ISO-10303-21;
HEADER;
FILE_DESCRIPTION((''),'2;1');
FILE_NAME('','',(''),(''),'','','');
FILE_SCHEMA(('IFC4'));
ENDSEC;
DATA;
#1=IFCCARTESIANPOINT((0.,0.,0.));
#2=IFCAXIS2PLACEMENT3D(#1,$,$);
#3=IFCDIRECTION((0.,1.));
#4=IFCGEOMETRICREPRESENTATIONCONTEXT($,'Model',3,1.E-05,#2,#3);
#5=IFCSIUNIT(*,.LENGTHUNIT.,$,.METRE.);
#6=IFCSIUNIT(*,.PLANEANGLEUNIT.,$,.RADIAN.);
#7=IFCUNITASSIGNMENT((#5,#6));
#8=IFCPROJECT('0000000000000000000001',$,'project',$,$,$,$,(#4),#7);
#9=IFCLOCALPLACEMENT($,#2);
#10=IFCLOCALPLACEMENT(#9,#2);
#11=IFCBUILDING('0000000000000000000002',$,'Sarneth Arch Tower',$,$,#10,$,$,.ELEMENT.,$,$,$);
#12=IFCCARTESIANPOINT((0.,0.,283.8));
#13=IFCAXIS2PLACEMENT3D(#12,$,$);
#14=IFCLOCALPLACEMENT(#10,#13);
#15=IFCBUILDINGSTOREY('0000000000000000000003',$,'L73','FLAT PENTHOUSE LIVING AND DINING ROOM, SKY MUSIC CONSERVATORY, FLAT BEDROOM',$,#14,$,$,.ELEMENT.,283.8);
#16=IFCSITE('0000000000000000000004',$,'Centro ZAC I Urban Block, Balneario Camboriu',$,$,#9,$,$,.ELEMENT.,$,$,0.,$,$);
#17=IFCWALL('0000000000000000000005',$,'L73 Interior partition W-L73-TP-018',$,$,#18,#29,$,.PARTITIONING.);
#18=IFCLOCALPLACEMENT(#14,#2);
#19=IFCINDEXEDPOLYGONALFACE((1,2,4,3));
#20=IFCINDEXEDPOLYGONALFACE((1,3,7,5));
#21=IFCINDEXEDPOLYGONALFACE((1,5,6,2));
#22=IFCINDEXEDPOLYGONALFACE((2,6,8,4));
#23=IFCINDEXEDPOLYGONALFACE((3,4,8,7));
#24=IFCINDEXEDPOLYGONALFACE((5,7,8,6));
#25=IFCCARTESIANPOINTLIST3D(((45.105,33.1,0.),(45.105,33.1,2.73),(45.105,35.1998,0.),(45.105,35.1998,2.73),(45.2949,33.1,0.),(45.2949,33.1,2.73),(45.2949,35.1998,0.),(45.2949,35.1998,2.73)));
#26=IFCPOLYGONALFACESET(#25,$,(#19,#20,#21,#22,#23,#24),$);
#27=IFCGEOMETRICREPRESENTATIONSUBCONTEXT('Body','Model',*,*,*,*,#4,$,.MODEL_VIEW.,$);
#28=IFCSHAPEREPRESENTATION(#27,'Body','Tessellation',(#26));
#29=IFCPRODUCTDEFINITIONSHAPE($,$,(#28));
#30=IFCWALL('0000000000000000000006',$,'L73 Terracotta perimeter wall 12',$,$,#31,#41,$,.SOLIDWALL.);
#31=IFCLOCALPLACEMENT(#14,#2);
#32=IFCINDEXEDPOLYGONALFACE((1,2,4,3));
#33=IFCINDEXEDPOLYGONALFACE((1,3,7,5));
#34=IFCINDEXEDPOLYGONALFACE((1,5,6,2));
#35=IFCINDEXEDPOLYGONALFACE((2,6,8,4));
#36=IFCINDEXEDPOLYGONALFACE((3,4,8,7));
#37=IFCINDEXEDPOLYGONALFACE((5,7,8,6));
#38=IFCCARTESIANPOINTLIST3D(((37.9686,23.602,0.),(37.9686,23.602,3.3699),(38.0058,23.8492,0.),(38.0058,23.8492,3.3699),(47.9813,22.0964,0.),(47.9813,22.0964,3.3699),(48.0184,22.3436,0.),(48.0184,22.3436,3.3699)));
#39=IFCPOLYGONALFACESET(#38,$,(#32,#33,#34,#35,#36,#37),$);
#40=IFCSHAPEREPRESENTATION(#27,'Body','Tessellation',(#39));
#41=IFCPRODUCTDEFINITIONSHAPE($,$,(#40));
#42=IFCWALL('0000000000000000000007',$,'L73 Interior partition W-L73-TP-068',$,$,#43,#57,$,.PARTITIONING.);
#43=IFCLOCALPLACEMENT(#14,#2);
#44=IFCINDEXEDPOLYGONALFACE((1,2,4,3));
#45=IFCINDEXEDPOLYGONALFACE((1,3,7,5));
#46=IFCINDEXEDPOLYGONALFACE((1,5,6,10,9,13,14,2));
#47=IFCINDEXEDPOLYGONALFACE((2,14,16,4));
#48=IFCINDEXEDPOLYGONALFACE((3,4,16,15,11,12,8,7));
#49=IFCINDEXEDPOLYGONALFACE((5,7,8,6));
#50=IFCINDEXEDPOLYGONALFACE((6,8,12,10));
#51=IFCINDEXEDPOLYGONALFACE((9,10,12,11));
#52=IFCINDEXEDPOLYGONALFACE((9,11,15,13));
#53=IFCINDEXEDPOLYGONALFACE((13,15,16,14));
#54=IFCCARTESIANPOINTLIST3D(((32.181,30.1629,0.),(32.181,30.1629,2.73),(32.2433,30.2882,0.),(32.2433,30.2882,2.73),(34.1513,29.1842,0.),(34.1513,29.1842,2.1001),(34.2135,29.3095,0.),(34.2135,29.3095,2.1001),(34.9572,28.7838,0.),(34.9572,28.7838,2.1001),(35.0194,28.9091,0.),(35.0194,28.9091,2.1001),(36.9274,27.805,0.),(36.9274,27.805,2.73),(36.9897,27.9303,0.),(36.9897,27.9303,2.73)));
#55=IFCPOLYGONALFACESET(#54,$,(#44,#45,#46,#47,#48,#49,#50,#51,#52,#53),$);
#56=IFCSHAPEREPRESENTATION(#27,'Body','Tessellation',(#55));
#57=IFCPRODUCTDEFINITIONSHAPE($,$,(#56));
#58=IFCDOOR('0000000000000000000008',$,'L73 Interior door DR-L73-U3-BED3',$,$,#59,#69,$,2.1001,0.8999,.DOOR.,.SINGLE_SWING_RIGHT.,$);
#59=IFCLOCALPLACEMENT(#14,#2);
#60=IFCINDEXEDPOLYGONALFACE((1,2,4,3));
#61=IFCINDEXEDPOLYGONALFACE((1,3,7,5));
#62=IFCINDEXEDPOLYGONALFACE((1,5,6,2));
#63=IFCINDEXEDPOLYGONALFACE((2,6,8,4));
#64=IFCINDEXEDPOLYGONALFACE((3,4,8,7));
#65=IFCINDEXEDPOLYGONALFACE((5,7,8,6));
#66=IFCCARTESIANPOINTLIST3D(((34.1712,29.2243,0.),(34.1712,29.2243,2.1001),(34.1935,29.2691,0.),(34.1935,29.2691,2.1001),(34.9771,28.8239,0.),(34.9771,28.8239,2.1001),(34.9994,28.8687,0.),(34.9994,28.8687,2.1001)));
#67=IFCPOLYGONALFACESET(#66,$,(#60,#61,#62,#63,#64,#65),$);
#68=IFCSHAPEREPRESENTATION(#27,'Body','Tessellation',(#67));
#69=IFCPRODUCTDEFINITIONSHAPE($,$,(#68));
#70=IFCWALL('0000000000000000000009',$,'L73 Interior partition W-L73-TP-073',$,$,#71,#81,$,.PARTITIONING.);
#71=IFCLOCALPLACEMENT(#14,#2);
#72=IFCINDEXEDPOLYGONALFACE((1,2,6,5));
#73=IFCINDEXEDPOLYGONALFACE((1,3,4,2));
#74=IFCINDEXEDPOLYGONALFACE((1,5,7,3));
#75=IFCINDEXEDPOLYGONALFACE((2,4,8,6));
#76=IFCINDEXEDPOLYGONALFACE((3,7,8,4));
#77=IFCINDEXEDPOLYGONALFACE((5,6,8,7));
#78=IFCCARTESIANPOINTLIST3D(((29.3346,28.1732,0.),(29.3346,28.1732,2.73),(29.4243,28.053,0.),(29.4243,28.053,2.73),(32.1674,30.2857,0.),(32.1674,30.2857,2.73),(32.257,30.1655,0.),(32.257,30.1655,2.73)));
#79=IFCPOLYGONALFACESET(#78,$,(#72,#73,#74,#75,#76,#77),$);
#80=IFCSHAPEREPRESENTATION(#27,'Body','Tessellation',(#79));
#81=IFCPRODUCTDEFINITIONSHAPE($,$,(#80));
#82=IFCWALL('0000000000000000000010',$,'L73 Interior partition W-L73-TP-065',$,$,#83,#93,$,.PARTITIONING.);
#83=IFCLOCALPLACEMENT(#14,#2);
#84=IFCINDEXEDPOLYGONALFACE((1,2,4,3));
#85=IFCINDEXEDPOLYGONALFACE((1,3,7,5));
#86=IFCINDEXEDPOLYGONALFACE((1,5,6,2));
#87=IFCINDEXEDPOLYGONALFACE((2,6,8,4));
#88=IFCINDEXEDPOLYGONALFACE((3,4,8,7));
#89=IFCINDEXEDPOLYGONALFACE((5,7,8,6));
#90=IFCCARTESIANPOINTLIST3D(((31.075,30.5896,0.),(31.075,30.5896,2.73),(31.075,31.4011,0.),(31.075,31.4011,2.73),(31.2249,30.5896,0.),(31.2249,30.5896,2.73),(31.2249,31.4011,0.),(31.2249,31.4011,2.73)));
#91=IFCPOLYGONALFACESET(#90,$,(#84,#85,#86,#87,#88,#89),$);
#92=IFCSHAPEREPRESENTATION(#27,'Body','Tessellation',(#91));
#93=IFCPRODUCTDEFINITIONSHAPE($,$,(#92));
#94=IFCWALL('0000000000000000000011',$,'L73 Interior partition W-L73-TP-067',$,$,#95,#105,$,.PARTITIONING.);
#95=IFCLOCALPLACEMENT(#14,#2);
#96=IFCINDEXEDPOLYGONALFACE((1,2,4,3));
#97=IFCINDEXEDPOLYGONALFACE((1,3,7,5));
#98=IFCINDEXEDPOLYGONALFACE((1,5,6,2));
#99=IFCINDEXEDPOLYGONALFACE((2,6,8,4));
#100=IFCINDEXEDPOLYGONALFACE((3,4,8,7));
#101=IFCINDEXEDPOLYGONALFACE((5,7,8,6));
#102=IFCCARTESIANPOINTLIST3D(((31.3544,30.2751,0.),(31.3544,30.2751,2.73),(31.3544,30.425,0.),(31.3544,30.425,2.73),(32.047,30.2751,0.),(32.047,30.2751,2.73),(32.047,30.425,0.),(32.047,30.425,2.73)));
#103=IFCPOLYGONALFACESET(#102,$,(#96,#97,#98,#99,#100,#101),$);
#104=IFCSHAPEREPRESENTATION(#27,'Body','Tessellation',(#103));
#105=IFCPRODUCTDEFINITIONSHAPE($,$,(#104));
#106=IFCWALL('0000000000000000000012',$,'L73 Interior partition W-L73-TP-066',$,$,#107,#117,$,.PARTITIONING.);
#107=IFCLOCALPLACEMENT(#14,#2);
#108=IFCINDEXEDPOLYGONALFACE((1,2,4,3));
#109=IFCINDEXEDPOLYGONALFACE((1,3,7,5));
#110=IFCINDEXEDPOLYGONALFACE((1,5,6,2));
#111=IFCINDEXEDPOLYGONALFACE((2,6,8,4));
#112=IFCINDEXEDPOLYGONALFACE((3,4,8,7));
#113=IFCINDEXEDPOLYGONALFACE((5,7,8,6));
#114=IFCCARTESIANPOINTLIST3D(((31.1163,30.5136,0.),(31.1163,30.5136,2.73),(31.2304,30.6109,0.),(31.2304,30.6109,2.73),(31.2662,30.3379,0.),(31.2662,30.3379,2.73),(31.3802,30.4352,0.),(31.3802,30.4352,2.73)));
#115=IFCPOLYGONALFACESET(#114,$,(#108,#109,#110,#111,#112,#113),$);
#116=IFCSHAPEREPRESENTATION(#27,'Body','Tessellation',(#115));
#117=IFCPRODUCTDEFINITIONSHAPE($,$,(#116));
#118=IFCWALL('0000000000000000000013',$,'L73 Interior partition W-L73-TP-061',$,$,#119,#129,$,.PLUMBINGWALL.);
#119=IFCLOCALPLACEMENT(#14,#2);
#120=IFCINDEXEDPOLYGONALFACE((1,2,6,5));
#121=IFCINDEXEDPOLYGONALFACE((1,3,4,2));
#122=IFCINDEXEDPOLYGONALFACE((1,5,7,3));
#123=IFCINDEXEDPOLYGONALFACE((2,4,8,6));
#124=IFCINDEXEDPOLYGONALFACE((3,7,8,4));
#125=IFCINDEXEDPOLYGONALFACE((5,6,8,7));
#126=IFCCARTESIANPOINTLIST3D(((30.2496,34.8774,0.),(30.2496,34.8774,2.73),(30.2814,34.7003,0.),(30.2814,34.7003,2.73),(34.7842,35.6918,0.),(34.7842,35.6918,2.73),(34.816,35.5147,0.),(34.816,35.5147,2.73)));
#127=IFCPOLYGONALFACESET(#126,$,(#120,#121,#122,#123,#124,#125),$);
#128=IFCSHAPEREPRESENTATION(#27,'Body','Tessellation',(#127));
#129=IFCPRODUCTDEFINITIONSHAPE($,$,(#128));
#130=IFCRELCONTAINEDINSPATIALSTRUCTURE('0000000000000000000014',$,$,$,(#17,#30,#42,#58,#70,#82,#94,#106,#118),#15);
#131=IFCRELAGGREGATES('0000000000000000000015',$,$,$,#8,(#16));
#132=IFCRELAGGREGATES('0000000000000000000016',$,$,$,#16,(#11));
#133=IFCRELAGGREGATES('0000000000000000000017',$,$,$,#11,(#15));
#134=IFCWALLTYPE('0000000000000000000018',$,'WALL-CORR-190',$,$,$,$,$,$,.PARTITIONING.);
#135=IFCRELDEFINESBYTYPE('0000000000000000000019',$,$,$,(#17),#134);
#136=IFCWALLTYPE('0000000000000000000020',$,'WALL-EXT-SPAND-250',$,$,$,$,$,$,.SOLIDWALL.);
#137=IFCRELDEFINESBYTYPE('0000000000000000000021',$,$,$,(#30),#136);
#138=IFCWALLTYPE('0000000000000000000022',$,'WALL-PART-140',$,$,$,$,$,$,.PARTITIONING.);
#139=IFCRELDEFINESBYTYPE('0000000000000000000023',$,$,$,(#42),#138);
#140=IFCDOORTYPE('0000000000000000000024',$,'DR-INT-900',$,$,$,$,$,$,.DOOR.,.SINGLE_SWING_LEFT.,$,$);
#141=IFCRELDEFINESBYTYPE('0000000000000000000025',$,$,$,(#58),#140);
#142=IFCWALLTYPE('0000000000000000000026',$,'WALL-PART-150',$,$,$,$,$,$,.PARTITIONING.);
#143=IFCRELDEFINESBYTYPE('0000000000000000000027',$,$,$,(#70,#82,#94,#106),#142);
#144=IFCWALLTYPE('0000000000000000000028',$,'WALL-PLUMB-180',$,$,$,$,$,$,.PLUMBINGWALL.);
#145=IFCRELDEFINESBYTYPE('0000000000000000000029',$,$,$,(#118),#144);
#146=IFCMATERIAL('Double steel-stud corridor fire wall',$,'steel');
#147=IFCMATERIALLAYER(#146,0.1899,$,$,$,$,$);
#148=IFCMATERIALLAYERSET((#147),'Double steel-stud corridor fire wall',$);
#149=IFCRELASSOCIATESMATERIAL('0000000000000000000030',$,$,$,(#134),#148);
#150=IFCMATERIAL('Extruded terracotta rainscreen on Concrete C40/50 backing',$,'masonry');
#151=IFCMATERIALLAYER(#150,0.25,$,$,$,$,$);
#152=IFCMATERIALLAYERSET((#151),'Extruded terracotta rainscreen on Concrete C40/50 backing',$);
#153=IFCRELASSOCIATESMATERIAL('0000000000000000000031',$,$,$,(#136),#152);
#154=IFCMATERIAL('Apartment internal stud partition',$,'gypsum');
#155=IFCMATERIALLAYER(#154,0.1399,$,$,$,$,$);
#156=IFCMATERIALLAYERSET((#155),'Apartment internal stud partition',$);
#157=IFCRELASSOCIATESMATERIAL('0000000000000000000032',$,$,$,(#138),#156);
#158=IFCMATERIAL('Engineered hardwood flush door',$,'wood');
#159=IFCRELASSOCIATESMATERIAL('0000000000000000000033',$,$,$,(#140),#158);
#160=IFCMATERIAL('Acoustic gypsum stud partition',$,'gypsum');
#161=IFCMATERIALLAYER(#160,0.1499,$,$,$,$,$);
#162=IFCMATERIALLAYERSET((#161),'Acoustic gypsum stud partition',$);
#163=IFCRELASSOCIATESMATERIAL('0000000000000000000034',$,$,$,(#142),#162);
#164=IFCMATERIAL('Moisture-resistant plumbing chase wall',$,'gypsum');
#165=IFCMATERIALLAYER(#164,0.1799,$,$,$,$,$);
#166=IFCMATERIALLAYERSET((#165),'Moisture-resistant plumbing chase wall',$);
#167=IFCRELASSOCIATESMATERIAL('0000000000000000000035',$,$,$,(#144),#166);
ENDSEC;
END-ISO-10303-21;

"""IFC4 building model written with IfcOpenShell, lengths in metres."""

from ifc_helpers import new_model, si_unit, direction, frame, frame_2d, origin, place, context, subcontext, project, spatial, rectangle, extrude, material, layer, layer_set, type_object, element, fill, save


model = new_model("IFC4")

# Units and contexts
model_context = context("Model", 3, precision=1e-05, world=origin(), true_north=direction((0.0, 1.0)))
body_context = subcontext(model_context, "Body", "Model", "MODEL_VIEW")
ifc_project = project(units=[si_unit("LENGTHUNIT", "METRE"), si_unit("PLANEANGLEUNIT", "RADIAN")], contexts=[model_context])

# Site, building, storey
site_placement = place(None, origin())
site = spatial("IfcSite", under=ifc_project, at=site_placement, Name="Centro ZAC I Urban Block, Balneario Camboriu", CompositionType="ELEMENT", RefElevation=0.0)
building_placement = place(site_placement, origin())
building = spatial("IfcBuilding", under=site, at=building_placement, Name="Sarneth Arch Tower", CompositionType="ELEMENT")
storey_placement = place(building_placement, frame((0.0, 0.0, 283.8)))
storey = spatial("IfcBuildingStorey", under=building, at=storey_placement, Name="L73", Description="FLAT PENTHOUSE LIVING AND DINING ROOM, SKY MUSIC CONSERVATORY, FLAT BEDROOM", CompositionType="ELEMENT", Elevation=283.8)

# Shared definitions
ifc_material_1 = material(Name="Double steel-stud corridor fire wall", Category="steel")
ifc_layer_1 = layer(ifc_material_1, 0.1899)
ifc_layer_set_1 = layer_set([ifc_layer_1], Name="Double steel-stud corridor fire wall")
wall_type_1 = type_object("IfcWallType", Name="WALL-CORR-190", PredefinedType="PARTITIONING", material=ifc_layer_set_1)

# Walls
wall_1_placement = place(storey_placement, frame((45.2, 33.1001, 0.0), z_axis=(0.0, 0.0, 1.0), x_axis=(0.0, 1.0, 0.0)))
element("IfcWall", 1, at=wall_1_placement, inside=storey, type_object=wall_type_1, Name="L73 Interior partition W-L73-TP-018", PredefinedType="PARTITIONING", context=body_context, shape_type="SweptSolid", body=[
    extrude(rectangle(XDim=2.0999, YDim=0.1899, at=frame_2d((1.0498, 0.0))), origin(), (0.0, 0.0, 1.0), 2.73),
])
ifc_material_2 = material(Name="Extruded terracotta rainscreen on Concrete C40/50 backing", Category="masonry")
ifc_layer_2 = layer(ifc_material_2, 0.25)
ifc_layer_set_2 = layer_set([ifc_layer_2], Name="Extruded terracotta rainscreen on Concrete C40/50 backing")
wall_type_2 = type_object("IfcWallType", Name="WALL-EXT-SPAND-250", PredefinedType="SOLIDWALL", material=ifc_layer_set_2)
wall_2_placement = place(storey_placement, frame((37.9873, 23.7256, 0.0), z_axis=(0.0, 0.0, 1.0), x_axis=(0.988883, -0.148699, 0.0)))
element("IfcWall", 2, at=wall_2_placement, inside=storey, type_object=wall_type_2, Name="L73 Terracotta perimeter wall 12", PredefinedType="SOLIDWALL", context=body_context, shape_type="SweptSolid", body=[
    extrude(rectangle(XDim=10.1252, YDim=0.25, at=frame_2d((5.0625, 0.0))), origin(), (0.0, 0.0, 1.0), 3.3699),
])

# Wall, opening, door
ifc_material_3 = material(Name="Apartment internal stud partition", Category="gypsum")
ifc_layer_3 = layer(ifc_material_3, 0.1399)
ifc_layer_set_3 = layer_set([ifc_layer_3], Name="Apartment internal stud partition")
wall_type_3 = type_object("IfcWallType", Name="WALL-PART-140", PredefinedType="PARTITIONING", material=ifc_layer_set_3)
wall_3_placement = place(storey_placement, frame((32.2122, 30.2256, 0.0), z_axis=(0.0, 0.0, 1.0), x_axis=(0.895576, -0.444909, 0.0)))
wall_3 = element("IfcWall", 3, at=wall_3_placement, inside=storey, type_object=wall_type_3, Name="L73 Interior partition W-L73-TP-068", PredefinedType="PARTITIONING", context=body_context, shape_type="SweptSolid", body=[
    extrude(rectangle(XDim=5.2998, YDim=0.1399, at=frame_2d((2.6499, 0.0))), origin(), (0.0, 0.0, 1.0), 2.73),
])
opening_1_placement = place(wall_3_placement, frame((2.2, 0.0, 0.0)))
opening_1 = element("IfcOpeningElement", 4, at=opening_1_placement, cuts=wall_3, PredefinedType="OPENING", context=body_context, shape_type="SweptSolid", body=[
    extrude(rectangle(XDim=0.8999, YDim=2.1001, at=frame_2d((0.45, 1.05))), frame((0.0, 0.0798, 0.0), z_axis=(0.0, -1.0, 0.0), x_axis=(1.0, 0.0, 0.0)), (0.0, 0.0, 1.0), 0.1599),
])
ifc_material_4 = material(Name="Engineered hardwood flush door", Category="wood")
door_type_1 = type_object("IfcDoorType", Name="DR-INT-900", OperationType="SINGLE_SWING_LEFT", PredefinedType="DOOR", material=ifc_material_4)
door_1_placement = place(opening_1_placement, origin())
door_1 = element("IfcDoor", 5, at=door_1_placement, inside=storey, type_object=door_type_1, Name="L73 Interior door DR-L73-U3-BED3", OperationType="SINGLE_SWING_RIGHT", OverallHeight=2.1001, OverallWidth=0.8999, PredefinedType="DOOR", context=body_context, shape_type="SweptSolid", body=[
    extrude(rectangle(XDim=0.8999, YDim=2.1001, at=frame_2d((0.45, 1.05))), frame((0.0, 0.0249, 0.0), z_axis=(0.0, -1.0, 0.0), x_axis=(1.0, 0.0, 0.0)), (0.0, 0.0, 1.0), 0.05),
])
fill(opening_1, door_1)

# Walls
ifc_material_5 = material(Name="Acoustic gypsum stud partition", Category="gypsum")
ifc_layer_4 = layer(ifc_material_5, 0.1499)
ifc_layer_set_4 = layer_set([ifc_layer_4], Name="Acoustic gypsum stud partition")
wall_type_4 = type_object("IfcWallType", Name="WALL-PART-150", PredefinedType="PARTITIONING", material=ifc_layer_set_4)
wall_4_placement = place(storey_placement, frame((32.2122, 30.2256, 0.0), z_axis=(0.0, 0.0, 1.0), x_axis=(-0.80163, -0.59782, 0.0)))
element("IfcWall", 6, at=wall_4_placement, inside=storey, type_object=wall_type_4, Name="L73 Interior partition W-L73-TP-073", PredefinedType="PARTITIONING", context=body_context, shape_type="SweptSolid", body=[
    extrude(rectangle(XDim=3.5337, YDim=0.1499, at=frame_2d((1.7668, 0.0))), origin(), (0.0, 0.0, 1.0), 2.73),
])
wall_5_placement = place(storey_placement, frame((31.1499, 31.4011, 0.0), z_axis=(0.0, 0.0, 1.0), x_axis=(0.0, -1.0, 0.0)))
element("IfcWall", 7, at=wall_5_placement, inside=storey, type_object=wall_type_4, Name="L73 Interior partition W-L73-TP-065", PredefinedType="PARTITIONING", context=body_context, shape_type="SweptSolid", body=[
    extrude(rectangle(XDim=0.8115, YDim=0.1499, at=frame_2d((0.4058, 0.0))), origin(), (0.0, 0.0, 1.0), 2.73),
])
wall_6_placement = place(storey_placement, frame((31.3545, 30.3501, 0.0), z_axis=(0.0, 0.0, 1.0), x_axis=(1.0, 0.0, 0.0)))
element("IfcWall", 8, at=wall_6_placement, inside=storey, type_object=wall_type_4, Name="L73 Interior partition W-L73-TP-067", PredefinedType="PARTITIONING", context=body_context, shape_type="SweptSolid", body=[
    extrude(rectangle(XDim=0.6926, YDim=0.1499, at=frame_2d((0.3462, 0.0))), origin(), (0.0, 0.0, 1.0), 2.73),
])
wall_7_placement = place(storey_placement, frame((31.1733, 30.5623, 0.0), z_axis=(0.0, 0.0, 1.0), x_axis=(0.648875, -0.760895, 0.0)))
element("IfcWall", 9, at=wall_7_placement, inside=storey, type_object=wall_type_4, Name="L73 Interior partition W-L73-TP-066", PredefinedType="PARTITIONING", context=body_context, shape_type="SweptSolid", body=[
    extrude(rectangle(XDim=0.231, YDim=0.1499, at=frame_2d((0.1155, 0.0))), origin(), (0.0, 0.0, 1.0), 2.73),
])
ifc_material_6 = material(Name="Moisture-resistant plumbing chase wall", Category="gypsum")
ifc_layer_5 = layer(ifc_material_6, 0.1799)
ifc_layer_set_5 = layer_set([ifc_layer_5], Name="Moisture-resistant plumbing chase wall")
wall_type_5 = type_object("IfcWallType", Name="WALL-PLUMB-180", PredefinedType="PLUMBINGWALL", material=ifc_layer_set_5)
wall_8_placement = place(storey_placement, frame((30.2654, 34.7888, 0.0), z_axis=(0.0, 0.0, 1.0), x_axis=(0.984251, 0.176777, 0.0)))
element("IfcWall", 10, at=wall_8_placement, inside=storey, type_object=wall_type_5, Name="L73 Interior partition W-L73-TP-061", PredefinedType="PLUMBINGWALL", context=body_context, shape_type="SweptSolid", body=[
    extrude(rectangle(XDim=4.6072, YDim=0.1799, at=frame_2d((2.3037, 0.0))), origin(), (0.0, 0.0, 1.0), 2.73),
])

save(model, "model.ifc")
